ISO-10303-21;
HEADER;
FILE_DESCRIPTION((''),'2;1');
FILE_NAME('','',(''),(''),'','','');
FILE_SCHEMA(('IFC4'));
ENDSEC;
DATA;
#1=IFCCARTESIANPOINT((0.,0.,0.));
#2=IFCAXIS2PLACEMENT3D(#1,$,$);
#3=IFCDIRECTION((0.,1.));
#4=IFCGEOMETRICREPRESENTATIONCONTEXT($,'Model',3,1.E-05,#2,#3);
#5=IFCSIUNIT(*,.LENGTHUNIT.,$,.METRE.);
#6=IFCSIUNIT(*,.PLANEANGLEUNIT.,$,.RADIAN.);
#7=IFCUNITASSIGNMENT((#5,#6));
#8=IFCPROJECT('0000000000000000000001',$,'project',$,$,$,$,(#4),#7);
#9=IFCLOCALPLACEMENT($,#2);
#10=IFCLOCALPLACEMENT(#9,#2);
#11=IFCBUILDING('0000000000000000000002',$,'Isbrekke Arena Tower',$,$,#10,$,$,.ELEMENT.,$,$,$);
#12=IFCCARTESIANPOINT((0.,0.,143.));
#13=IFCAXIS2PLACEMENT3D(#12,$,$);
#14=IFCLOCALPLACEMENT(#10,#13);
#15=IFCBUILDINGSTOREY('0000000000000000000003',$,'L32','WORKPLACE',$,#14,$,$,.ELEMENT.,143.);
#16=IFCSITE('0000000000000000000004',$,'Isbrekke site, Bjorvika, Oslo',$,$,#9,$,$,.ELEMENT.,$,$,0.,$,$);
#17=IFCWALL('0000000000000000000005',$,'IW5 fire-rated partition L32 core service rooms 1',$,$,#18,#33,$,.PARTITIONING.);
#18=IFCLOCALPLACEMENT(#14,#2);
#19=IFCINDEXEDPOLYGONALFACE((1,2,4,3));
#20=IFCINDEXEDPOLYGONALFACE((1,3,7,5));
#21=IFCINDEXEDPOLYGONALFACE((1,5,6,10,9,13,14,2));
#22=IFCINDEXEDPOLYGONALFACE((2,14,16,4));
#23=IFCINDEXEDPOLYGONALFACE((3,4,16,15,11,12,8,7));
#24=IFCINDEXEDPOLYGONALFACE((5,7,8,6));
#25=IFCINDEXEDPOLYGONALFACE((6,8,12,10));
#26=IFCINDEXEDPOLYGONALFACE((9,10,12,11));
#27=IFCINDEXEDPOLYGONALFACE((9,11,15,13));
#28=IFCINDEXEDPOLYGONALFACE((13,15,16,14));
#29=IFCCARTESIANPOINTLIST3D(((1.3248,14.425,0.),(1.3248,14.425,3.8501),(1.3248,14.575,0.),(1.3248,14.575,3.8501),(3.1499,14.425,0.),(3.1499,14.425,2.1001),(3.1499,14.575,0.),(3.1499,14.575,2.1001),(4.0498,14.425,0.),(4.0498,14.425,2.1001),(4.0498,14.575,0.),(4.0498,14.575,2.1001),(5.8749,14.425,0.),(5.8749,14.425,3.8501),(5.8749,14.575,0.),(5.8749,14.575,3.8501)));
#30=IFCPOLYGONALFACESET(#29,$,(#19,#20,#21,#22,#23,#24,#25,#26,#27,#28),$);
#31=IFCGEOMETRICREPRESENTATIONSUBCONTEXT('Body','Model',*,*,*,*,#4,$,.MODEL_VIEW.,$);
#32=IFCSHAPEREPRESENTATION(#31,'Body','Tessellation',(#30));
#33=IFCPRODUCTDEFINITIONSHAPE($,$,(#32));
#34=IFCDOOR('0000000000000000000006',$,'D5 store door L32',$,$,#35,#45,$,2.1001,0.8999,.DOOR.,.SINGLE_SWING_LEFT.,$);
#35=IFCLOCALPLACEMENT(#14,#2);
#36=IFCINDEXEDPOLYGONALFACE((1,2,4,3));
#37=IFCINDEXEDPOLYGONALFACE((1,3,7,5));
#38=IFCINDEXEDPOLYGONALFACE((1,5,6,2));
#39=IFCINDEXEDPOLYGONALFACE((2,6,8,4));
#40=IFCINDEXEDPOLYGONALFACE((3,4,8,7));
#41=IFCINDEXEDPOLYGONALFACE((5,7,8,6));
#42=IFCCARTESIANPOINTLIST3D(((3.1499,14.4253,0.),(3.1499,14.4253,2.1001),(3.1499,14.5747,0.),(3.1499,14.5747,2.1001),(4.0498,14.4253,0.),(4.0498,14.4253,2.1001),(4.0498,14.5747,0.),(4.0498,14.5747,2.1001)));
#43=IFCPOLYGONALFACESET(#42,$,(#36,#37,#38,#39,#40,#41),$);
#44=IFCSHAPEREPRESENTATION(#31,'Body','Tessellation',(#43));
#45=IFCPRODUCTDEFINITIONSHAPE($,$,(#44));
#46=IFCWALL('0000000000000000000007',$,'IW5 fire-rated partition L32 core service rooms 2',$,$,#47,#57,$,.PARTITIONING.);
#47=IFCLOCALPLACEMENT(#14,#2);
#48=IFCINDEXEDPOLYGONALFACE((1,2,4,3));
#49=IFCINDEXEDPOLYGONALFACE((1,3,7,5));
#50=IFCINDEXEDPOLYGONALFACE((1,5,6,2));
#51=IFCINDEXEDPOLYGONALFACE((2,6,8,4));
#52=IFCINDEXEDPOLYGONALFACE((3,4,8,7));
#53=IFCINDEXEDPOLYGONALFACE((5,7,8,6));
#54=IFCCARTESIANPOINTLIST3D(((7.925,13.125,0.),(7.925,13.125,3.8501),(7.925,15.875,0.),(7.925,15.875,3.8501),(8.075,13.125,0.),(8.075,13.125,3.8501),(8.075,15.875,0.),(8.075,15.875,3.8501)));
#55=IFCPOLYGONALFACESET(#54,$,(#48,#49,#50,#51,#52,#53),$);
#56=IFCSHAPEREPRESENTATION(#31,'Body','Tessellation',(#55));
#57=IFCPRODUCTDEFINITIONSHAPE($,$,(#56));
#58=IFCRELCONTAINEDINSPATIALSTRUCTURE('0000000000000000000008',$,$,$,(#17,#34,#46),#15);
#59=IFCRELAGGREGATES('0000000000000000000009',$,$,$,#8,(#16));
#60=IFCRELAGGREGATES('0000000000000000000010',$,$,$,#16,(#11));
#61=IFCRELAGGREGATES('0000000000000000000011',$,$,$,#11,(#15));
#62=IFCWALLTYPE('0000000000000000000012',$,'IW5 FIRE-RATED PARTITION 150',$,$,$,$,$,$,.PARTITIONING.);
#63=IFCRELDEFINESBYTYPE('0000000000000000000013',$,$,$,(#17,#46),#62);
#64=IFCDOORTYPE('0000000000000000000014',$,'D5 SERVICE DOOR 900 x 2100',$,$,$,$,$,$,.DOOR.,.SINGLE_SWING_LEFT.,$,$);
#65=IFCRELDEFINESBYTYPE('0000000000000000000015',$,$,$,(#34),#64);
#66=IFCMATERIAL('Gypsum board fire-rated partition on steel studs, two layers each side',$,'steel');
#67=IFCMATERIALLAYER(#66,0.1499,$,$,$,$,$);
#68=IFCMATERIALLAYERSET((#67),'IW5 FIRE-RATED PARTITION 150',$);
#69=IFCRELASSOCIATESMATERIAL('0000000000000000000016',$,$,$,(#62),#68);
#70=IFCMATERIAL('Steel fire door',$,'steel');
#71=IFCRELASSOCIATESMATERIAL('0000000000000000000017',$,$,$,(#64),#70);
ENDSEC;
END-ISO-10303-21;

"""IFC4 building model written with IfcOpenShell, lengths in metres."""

from ifc_helpers import new_model, si_unit, direction, frame, frame_2d, origin, place, context, subcontext, project, spatial, rectangle, extrude, material, layer, layer_set, type_object, element, fill, save


model = new_model("IFC4")

# Units and contexts
model_context = context("Model", 3, precision=1e-05, world=origin(), true_north=direction((0.0, 1.0)))
body_context = subcontext(model_context, "Body", "Model", "MODEL_VIEW")
ifc_project = project(units=[si_unit("LENGTHUNIT", "METRE"), si_unit("PLANEANGLEUNIT", "RADIAN")], contexts=[model_context])

# Site, building, storey
site_placement = place(None, origin())
site = spatial("IfcSite", under=ifc_project, at=site_placement, Name="Isbrekke site, Bjorvika, Oslo", CompositionType="ELEMENT", RefElevation=0.0)
building_placement = place(site_placement, origin())
building = spatial("IfcBuilding", under=site, at=building_placement, Name="Isbrekke Arena Tower", CompositionType="ELEMENT")
storey_placement = place(building_placement, frame((0.0, 0.0, 143.0)))
storey = spatial("IfcBuildingStorey", under=building, at=storey_placement, Name="L32", Description="WORKPLACE", CompositionType="ELEMENT", Elevation=143.0)

# Wall, opening, door
ifc_material_1 = material(Name="Gypsum board fire-rated partition on steel studs, two layers each side", Category="steel")
ifc_layer_1 = layer(ifc_material_1, 0.1499)
ifc_layer_set_1 = layer_set([ifc_layer_1], Name="IW5 FIRE-RATED PARTITION 150")
wall_type_1 = type_object("IfcWallType", Name="IW5 FIRE-RATED PARTITION 150", PredefinedType="PARTITIONING", material=ifc_layer_set_1)
wall_1_placement = place(storey_placement, frame((1.325, 14.5, 0.0), z_axis=(0.0, 0.0, 1.0), x_axis=(1.0, 0.0, 0.0)))
wall_1 = element("IfcWall", 1, at=wall_1_placement, inside=storey, type_object=wall_type_1, Name="IW5 fire-rated partition L32 core service rooms 1", PredefinedType="PARTITIONING", context=body_context, shape_type="SweptSolid", body=[
    extrude(rectangle(XDim=4.55, YDim=0.1499, at=frame_2d((2.2749, 0.0))), origin(), (0.0, 0.0, 1.0), 3.8501),
])
opening_1_placement = place(wall_1_placement, frame((1.825, 0.0, 0.0)))
opening_1 = element("IfcOpeningElement", 2, at=opening_1_placement, cuts=wall_1, PredefinedType="OPENING", context=body_context, shape_type="SweptSolid", body=[
    extrude(rectangle(XDim=0.8999, YDim=2.1001, at=frame_2d((0.45, 1.05))), frame((0.0, 0.0898, 0.0), z_axis=(0.0, -1.0, 0.0), x_axis=(1.0, 0.0, 0.0)), (0.0, 0.0, 1.0), 0.1797),
])
ifc_material_2 = material(Name="Steel fire door", Category="steel")
door_type_1 = type_object("IfcDoorType", Name="D5 SERVICE DOOR 900 x 2100", OperationType="SINGLE_SWING_LEFT", PredefinedType="DOOR", material=ifc_material_2)
door_1_placement = place(opening_1_placement, origin())
door_1 = element("IfcDoor", 3, at=door_1_placement, inside=storey, type_object=door_type_1, Name="D5 store door L32", OperationType="SINGLE_SWING_LEFT", OverallHeight=2.1001, OverallWidth=0.8999, PredefinedType="DOOR", context=body_context, shape_type="SweptSolid", body=[
    extrude(rectangle(XDim=0.8999, YDim=2.1001, at=frame_2d((0.45, 1.05))), frame((0.0, 0.0747, 0.0), z_axis=(0.0, -1.0, 0.0), x_axis=(1.0, 0.0, 0.0)), (0.0, 0.0, 1.0), 0.1494),
])
fill(opening_1, door_1)

# Wall
wall_2_placement = place(storey_placement, frame((8.0, 13.125, 0.0), z_axis=(0.0, 0.0, 1.0), x_axis=(0.0, 1.0, 0.0)))
element("IfcWall", 4, at=wall_2_placement, inside=storey, type_object=wall_type_1, Name="IW5 fire-rated partition L32 core service rooms 2", PredefinedType="PARTITIONING", context=body_context, shape_type="SweptSolid", body=[
    extrude(rectangle(XDim=2.75, YDim=0.1499, at=frame_2d((1.375, 0.0))), origin(), (0.0, 0.0, 1.0), 3.8501),
])

save(model, "model.ifc")
